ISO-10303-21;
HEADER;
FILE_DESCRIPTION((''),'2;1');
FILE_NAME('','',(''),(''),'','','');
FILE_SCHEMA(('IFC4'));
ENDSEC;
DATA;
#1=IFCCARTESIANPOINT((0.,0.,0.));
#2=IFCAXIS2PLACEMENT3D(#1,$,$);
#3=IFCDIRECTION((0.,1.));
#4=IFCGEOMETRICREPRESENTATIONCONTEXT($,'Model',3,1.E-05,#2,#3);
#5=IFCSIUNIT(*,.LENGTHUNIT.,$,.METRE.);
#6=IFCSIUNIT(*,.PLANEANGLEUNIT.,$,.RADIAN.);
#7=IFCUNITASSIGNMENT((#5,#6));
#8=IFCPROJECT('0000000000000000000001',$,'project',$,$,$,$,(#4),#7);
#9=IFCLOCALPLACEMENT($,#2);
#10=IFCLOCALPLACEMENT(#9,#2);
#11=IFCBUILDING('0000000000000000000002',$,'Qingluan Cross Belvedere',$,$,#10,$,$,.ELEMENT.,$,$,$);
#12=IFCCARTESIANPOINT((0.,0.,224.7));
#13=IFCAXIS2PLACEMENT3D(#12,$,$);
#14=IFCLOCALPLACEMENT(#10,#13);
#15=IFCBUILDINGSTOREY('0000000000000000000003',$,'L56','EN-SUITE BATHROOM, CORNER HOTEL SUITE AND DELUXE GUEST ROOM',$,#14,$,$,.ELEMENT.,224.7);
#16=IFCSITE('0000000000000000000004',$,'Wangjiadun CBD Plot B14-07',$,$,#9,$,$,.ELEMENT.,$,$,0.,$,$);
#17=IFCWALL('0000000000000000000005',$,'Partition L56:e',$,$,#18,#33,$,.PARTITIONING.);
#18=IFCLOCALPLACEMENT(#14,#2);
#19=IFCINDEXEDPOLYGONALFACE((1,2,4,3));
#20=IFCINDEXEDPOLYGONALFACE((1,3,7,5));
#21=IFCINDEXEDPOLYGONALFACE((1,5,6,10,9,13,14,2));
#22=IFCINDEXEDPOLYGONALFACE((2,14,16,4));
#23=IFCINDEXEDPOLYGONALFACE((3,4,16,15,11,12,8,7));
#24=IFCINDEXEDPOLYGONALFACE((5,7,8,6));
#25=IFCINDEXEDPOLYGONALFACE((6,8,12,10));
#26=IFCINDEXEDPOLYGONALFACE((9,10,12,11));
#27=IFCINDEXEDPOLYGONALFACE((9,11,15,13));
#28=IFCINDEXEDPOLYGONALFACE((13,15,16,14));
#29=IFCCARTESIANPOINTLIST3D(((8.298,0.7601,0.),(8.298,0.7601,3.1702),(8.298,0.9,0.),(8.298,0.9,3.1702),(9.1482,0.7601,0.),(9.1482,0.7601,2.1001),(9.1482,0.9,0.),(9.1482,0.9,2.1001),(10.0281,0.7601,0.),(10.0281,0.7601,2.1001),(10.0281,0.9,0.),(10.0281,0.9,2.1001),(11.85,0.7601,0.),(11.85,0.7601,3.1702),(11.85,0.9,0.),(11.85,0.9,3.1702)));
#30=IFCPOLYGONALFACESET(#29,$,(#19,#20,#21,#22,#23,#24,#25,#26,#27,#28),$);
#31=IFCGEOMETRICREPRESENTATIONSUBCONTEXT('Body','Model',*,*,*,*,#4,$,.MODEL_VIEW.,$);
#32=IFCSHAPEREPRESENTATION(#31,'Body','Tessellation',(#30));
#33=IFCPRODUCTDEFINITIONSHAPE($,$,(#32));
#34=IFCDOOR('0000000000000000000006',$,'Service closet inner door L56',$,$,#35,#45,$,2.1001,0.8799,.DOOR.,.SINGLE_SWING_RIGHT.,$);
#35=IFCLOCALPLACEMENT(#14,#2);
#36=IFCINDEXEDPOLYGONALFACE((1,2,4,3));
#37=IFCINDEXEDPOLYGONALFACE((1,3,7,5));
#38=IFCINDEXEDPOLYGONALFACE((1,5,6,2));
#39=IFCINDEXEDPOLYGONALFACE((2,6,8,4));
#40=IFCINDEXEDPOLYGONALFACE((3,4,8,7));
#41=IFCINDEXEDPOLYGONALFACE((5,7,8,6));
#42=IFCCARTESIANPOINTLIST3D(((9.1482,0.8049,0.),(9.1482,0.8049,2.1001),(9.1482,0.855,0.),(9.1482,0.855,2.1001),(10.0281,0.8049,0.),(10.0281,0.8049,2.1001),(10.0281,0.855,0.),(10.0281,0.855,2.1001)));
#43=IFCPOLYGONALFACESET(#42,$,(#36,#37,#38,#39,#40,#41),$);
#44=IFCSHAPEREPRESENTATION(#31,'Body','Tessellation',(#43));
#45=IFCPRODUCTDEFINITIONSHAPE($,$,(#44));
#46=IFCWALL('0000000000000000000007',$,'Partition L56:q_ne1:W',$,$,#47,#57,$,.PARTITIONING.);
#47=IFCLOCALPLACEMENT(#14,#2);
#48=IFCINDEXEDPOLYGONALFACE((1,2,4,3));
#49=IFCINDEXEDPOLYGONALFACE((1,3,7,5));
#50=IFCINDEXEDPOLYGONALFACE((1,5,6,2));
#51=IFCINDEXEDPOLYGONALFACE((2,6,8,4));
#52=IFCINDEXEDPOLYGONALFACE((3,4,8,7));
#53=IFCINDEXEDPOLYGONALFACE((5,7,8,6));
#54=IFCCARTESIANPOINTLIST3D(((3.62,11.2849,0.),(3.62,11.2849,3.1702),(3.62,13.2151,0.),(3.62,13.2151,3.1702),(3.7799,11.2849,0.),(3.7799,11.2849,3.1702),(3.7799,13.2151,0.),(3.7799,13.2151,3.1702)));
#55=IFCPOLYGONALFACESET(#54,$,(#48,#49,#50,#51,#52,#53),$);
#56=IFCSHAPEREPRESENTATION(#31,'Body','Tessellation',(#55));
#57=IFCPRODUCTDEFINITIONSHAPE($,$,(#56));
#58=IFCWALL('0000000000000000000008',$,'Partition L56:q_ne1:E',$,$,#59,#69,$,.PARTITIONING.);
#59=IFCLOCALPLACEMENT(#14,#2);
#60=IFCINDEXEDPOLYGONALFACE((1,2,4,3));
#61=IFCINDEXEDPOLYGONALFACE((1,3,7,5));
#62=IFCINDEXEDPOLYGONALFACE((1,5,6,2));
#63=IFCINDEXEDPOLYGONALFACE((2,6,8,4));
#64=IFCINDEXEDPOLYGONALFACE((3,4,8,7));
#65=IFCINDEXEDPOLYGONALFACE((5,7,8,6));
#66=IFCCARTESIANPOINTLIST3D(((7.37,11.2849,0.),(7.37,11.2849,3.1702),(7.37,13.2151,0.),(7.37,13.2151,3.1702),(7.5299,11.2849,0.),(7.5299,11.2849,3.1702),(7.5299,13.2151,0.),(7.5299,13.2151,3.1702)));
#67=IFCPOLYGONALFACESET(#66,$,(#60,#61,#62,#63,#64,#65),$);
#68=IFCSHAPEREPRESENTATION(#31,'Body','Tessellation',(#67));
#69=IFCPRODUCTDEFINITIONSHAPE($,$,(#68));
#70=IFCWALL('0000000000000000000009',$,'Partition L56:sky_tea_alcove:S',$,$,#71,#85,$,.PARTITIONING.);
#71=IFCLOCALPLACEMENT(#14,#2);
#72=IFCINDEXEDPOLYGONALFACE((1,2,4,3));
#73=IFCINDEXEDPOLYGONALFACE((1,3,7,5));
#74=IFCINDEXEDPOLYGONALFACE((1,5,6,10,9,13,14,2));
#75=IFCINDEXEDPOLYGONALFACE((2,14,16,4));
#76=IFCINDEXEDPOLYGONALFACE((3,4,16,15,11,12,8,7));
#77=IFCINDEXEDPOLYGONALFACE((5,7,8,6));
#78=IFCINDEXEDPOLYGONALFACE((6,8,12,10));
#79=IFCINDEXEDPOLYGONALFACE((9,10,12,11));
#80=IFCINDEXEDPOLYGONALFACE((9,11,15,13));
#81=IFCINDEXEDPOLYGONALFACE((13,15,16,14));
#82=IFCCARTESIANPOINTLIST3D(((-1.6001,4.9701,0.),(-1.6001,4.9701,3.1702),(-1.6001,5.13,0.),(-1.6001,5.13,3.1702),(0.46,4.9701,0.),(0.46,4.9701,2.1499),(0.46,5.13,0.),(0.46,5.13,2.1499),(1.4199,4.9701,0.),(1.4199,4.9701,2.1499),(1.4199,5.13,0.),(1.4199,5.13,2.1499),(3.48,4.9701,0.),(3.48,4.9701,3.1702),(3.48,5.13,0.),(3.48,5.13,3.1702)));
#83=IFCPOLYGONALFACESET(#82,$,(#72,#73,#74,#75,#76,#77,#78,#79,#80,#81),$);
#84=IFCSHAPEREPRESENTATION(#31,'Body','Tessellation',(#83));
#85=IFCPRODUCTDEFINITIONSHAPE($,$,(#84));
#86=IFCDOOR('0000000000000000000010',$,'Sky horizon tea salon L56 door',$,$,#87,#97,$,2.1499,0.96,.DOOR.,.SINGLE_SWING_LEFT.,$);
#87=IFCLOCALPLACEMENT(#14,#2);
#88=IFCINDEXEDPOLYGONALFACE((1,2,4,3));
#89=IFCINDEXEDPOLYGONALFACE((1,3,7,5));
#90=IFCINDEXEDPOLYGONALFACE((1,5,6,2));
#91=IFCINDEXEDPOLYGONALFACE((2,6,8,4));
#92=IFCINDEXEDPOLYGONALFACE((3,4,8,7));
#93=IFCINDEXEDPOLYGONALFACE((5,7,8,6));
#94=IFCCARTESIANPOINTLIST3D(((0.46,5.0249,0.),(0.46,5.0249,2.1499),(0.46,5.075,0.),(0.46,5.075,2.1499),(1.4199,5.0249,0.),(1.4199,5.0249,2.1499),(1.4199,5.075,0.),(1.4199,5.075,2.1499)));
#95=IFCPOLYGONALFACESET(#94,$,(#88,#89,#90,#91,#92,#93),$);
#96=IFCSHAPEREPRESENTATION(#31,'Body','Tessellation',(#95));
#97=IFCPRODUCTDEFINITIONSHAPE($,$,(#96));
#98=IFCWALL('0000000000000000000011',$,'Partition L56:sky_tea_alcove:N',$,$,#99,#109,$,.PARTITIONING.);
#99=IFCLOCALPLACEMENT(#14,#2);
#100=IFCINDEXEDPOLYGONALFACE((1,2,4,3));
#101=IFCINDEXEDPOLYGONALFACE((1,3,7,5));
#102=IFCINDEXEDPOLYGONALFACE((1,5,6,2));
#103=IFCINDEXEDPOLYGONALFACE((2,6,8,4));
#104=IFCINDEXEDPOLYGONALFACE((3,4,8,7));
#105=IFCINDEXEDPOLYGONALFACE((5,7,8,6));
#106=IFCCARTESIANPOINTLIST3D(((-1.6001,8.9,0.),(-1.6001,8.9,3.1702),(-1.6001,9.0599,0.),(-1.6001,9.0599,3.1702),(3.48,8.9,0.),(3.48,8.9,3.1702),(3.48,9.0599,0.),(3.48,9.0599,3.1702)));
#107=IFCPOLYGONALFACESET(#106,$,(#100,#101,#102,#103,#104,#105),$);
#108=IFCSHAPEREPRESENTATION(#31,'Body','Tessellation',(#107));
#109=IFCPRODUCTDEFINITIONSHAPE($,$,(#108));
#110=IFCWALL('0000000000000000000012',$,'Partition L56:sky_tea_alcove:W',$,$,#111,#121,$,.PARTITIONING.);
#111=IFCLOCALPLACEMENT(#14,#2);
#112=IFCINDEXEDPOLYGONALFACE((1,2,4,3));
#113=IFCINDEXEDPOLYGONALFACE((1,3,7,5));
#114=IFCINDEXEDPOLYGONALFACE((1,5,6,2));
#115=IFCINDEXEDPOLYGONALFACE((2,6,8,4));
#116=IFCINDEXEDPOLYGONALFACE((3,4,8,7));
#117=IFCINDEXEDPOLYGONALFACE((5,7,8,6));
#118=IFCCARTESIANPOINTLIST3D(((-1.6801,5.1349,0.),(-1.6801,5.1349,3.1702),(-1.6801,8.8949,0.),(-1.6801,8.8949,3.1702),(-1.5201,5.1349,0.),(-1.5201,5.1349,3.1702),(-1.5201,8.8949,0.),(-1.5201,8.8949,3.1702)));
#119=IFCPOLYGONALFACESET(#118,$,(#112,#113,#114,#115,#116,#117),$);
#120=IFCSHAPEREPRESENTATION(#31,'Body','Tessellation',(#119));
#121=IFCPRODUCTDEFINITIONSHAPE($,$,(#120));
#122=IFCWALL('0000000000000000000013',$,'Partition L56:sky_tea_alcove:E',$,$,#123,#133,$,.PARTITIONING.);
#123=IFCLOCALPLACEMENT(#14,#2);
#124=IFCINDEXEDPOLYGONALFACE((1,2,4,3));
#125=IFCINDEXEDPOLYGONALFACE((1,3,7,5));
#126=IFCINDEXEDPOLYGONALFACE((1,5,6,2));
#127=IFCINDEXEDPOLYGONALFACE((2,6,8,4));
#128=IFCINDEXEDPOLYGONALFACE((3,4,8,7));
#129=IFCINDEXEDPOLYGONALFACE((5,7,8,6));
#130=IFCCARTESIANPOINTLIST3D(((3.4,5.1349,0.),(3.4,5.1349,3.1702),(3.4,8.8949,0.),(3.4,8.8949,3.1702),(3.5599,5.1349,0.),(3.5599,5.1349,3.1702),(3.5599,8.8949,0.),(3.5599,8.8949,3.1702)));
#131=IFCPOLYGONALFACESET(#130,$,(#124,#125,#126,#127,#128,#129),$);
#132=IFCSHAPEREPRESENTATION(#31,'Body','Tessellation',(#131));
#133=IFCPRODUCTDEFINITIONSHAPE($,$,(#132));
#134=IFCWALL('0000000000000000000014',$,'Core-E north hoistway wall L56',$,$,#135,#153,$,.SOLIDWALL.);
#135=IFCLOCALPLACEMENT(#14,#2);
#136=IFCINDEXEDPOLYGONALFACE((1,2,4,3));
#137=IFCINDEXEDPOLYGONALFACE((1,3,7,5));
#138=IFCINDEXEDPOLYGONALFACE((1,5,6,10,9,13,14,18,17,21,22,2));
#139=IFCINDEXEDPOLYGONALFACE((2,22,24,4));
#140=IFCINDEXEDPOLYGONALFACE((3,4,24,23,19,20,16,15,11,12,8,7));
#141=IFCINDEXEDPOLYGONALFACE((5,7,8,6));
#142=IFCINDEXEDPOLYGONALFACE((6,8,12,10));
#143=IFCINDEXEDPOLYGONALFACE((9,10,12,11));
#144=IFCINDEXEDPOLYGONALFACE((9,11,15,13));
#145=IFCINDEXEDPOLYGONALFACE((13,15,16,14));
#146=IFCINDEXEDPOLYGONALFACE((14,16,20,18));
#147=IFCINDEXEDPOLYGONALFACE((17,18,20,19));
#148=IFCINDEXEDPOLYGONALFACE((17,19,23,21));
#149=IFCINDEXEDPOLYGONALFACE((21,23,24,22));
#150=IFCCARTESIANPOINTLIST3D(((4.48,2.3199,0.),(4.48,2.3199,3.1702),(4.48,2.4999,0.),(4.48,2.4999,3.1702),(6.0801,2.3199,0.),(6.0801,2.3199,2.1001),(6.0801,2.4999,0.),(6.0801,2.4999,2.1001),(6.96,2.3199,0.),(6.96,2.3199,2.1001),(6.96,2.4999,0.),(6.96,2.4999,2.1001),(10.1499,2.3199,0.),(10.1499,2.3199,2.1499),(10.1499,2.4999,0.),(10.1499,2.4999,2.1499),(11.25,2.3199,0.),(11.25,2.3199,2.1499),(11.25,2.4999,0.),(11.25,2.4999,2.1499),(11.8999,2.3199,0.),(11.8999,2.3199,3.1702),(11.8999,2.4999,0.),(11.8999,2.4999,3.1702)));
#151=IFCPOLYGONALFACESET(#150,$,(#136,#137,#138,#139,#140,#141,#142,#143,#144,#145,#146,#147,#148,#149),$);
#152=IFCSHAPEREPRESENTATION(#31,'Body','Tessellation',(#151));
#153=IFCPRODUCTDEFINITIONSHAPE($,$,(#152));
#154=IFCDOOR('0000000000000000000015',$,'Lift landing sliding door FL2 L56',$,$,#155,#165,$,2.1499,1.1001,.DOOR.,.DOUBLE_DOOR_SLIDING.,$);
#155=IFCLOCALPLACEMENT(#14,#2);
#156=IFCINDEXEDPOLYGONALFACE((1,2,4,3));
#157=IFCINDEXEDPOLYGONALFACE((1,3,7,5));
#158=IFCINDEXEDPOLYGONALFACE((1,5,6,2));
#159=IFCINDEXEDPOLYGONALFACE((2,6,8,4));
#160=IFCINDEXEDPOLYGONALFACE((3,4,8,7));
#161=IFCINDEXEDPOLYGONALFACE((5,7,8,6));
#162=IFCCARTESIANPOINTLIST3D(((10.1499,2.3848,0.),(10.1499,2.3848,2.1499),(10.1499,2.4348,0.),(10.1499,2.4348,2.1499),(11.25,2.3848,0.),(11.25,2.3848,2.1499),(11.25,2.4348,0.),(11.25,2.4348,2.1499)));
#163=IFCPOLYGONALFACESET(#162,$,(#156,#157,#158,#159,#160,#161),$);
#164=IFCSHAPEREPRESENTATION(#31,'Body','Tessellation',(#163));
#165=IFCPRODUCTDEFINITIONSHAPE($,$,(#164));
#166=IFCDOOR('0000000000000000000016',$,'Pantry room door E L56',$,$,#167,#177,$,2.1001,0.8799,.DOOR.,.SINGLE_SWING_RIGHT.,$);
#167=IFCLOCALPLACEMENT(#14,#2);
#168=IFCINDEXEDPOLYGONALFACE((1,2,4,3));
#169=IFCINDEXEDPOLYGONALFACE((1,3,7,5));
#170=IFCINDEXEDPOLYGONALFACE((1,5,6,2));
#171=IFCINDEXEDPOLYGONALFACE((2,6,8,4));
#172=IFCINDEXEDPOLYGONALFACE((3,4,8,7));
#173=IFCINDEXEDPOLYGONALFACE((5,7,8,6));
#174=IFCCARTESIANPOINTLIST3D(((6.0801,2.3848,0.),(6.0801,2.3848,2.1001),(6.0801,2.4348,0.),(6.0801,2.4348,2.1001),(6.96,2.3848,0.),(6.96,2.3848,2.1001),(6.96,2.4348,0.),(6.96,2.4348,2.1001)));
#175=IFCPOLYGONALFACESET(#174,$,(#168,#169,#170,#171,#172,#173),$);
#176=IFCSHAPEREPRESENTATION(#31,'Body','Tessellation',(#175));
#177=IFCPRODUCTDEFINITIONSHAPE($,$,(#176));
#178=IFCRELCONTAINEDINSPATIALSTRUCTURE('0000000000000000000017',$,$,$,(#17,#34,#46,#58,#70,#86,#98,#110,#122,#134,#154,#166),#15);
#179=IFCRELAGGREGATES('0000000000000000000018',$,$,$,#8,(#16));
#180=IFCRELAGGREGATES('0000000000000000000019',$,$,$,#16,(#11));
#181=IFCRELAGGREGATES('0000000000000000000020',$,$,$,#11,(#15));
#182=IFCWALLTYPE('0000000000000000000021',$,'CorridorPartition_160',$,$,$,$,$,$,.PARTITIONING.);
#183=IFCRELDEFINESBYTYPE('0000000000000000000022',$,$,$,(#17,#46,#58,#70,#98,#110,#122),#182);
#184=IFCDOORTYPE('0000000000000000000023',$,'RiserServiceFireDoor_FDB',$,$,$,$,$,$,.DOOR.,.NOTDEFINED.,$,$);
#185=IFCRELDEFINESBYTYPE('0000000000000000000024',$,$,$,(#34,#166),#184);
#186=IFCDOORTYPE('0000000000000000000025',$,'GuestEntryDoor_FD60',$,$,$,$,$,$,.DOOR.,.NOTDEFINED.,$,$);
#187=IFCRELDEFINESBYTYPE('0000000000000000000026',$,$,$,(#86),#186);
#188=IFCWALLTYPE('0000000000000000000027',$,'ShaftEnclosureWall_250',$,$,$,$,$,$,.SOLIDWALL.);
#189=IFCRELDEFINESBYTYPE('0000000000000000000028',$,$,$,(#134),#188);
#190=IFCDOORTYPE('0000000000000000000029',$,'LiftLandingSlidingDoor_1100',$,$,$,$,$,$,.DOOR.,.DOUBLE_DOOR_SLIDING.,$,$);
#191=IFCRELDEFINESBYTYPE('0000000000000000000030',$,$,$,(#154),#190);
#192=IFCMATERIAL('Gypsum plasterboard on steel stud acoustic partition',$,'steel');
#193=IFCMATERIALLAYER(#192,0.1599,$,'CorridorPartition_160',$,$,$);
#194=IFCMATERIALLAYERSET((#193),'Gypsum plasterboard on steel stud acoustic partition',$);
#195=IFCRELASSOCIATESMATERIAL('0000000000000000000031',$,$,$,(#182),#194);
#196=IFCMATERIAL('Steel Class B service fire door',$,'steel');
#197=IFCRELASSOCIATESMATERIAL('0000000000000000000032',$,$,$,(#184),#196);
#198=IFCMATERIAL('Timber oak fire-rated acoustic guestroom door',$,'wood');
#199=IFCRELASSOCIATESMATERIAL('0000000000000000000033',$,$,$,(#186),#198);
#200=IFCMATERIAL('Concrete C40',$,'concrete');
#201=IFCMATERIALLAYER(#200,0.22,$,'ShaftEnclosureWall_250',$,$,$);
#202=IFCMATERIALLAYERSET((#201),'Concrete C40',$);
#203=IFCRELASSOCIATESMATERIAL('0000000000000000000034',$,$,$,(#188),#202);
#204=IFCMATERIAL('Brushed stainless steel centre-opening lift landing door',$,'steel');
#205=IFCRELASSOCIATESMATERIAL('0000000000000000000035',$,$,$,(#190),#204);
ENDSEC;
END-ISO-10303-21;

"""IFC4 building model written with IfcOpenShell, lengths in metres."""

from ifc_helpers import new_model, si_unit, direction, frame, frame_2d, origin, place, context, subcontext, project, spatial, rectangle, extrude, material, layer, layer_set, type_object, element, fill, save


model = new_model("IFC4")

# Units and contexts
model_context = context("Model", 3, precision=1e-05, world=origin(), true_north=direction((0.0, 1.0)))
body_context = subcontext(model_context, "Body", "Model", "MODEL_VIEW")
ifc_project = project(units=[si_unit("LENGTHUNIT", "METRE"), si_unit("PLANEANGLEUNIT", "RADIAN")], contexts=[model_context])

# Site, building, storey
site_placement = place(None, origin())
site = spatial("IfcSite", under=ifc_project, at=site_placement, Name="Wangjiadun CBD Plot B14-07", CompositionType="ELEMENT", RefElevation=0.0)
building_placement = place(site_placement, origin())
building = spatial("IfcBuilding", under=site, at=building_placement, Name="Qingluan Cross Belvedere", CompositionType="ELEMENT")
storey_placement = place(building_placement, frame((0.0, 0.0, 224.7)))
storey = spatial("IfcBuildingStorey", under=building, at=storey_placement, Name="L56", Description="EN-SUITE BATHROOM, CORNER HOTEL SUITE AND DELUXE GUEST ROOM", CompositionType="ELEMENT", Elevation=224.7)

# Wall, opening, door
ifc_material_1 = material(Name="Gypsum plasterboard on steel stud acoustic partition", Category="steel")
ifc_layer_1 = layer(ifc_material_1, 0.1599, Name="CorridorPartition_160")
ifc_layer_set_1 = layer_set([ifc_layer_1], Name="Gypsum plasterboard on steel stud acoustic partition")
wall_type_1 = type_object("IfcWallType", Name="CorridorPartition_160", PredefinedType="PARTITIONING", material=ifc_layer_set_1)
wall_1_placement = place(storey_placement, frame((8.2981, 0.8301, 0.0), z_axis=(0.0, 0.0, 1.0), x_axis=(1.0, 0.0, 0.0)))
wall_1 = element("IfcWall", 1, at=wall_1_placement, inside=storey, type_object=wall_type_1, Name="Partition L56:e", PredefinedType="PARTITIONING", context=body_context, shape_type="SweptSolid", body=[
    extrude(rectangle(XDim=3.552, YDim=0.1399, at=frame_2d((1.7759, 0.0))), origin(), (0.0, 0.0, 1.0), 3.1702),
])
opening_1_placement = place(wall_1_placement, frame((0.8501, 0.0, 0.0)))
opening_1 = element("IfcOpeningElement", 2, at=opening_1_placement, cuts=wall_1, PredefinedType="OPENING", context=body_context, shape_type="SweptSolid", body=[
    extrude(rectangle(XDim=0.8799, YDim=2.1001, at=frame_2d((0.4399, 1.05))), frame((0.0, 0.0798, 0.0), z_axis=(0.0, -1.0, 0.0), x_axis=(1.0, 0.0, 0.0)), (0.0, 0.0, 1.0), 0.1599),
])
ifc_material_2 = material(Name="Steel Class B service fire door", Category="steel")
door_type_1 = type_object("IfcDoorType", Name="RiserServiceFireDoor_FDB", OperationType="NOTDEFINED", PredefinedType="DOOR", material=ifc_material_2)
door_1_placement = place(opening_1_placement, origin())
door_1 = element("IfcDoor", 3, at=door_1_placement, inside=storey, type_object=door_type_1, Name="Service closet inner door L56", OperationType="SINGLE_SWING_RIGHT", OverallHeight=2.1001, OverallWidth=0.8799, PredefinedType="DOOR", context=body_context, shape_type="SweptSolid", body=[
    extrude(rectangle(XDim=0.8799, YDim=2.1001, at=frame_2d((0.4399, 1.05))), frame((0.0, 0.0249, 0.0), z_axis=(0.0, -1.0, 0.0), x_axis=(1.0, 0.0, 0.0)), (0.0, 0.0, 1.0), 0.05),
])
fill(opening_1, door_1)
ifc_material_3 = material(Name="Timber oak fire-rated acoustic guestroom door", Category="wood")
door_type_2 = type_object("IfcDoorType", Name="GuestEntryDoor_FD60", OperationType="NOTDEFINED", PredefinedType="DOOR", material=ifc_material_3)

# Walls
for number, where, z_axis, x_axis, name in (
    (4, (3.7, 11.2849, 0.0), (0.0, 0.0, 1.0), (0.0, 1.0, 0.0), "Partition L56:q_ne1:W"),
    (5, (7.45, 11.2849, 0.0), (0.0, 0.0, 1.0), (0.0, 1.0, 0.0), "Partition L56:q_ne1:E"),
):
    element("IfcWall", number, at=place(storey_placement, frame(where, z_axis=z_axis, x_axis=x_axis)), inside=storey, type_object=wall_type_1, Name=name, PredefinedType="PARTITIONING", context=body_context, shape_type="SweptSolid", body=[
        extrude(rectangle(XDim=1.9302, YDim=0.1599, at=frame_2d((0.9651, 0.0))), origin(), (0.0, 0.0, 1.0), 3.1702),
    ])

# Wall, opening, door
wall_2_placement = place(storey_placement, frame((-1.6001, 5.05, 0.0), z_axis=(0.0, 0.0, 1.0), x_axis=(1.0, 0.0, 0.0)))
wall_2 = element("IfcWall", 6, at=wall_2_placement, inside=storey, type_object=wall_type_1, Name="Partition L56:sky_tea_alcove:S", PredefinedType="PARTITIONING", context=body_context, shape_type="SweptSolid", body=[
    extrude(rectangle(XDim=5.0801, YDim=0.1599, at=frame_2d((2.54, 0.0))), origin(), (0.0, 0.0, 1.0), 3.1702),
])
opening_2_placement = place(wall_2_placement, frame((2.0601, 0.0, 0.0)))
opening_2 = element("IfcOpeningElement", 7, at=opening_2_placement, cuts=wall_2, PredefinedType="OPENING", context=body_context, shape_type="SweptSolid", body=[
    extrude(rectangle(XDim=0.96, YDim=2.1499, at=frame_2d((0.48, 1.075))), frame((0.0, 0.0898, 0.0), z_axis=(0.0, -1.0, 0.0), x_axis=(1.0, 0.0, 0.0)), (0.0, 0.0, 1.0), 0.1799),
])
door_2_placement = place(opening_2_placement, origin())
door_2 = element("IfcDoor", 8, at=door_2_placement, inside=storey, type_object=door_type_2, Name="Sky horizon tea salon L56 door", OperationType="SINGLE_SWING_LEFT", OverallHeight=2.1499, OverallWidth=0.96, PredefinedType="DOOR", context=body_context, shape_type="SweptSolid", body=[
    extrude(rectangle(XDim=0.96, YDim=2.1499, at=frame_2d((0.48, 1.075))), frame((0.0, 0.0249, 0.0), z_axis=(0.0, -1.0, 0.0), x_axis=(1.0, 0.0, 0.0)), (0.0, 0.0, 1.0), 0.05),
])
fill(opening_2, door_2)

# Walls
wall_3_placement = place(storey_placement, frame((-1.6001, 8.98, 0.0), z_axis=(0.0, 0.0, 1.0), x_axis=(1.0, 0.0, 0.0)))
element("IfcWall", 9, at=wall_3_placement, inside=storey, type_object=wall_type_1, Name="Partition L56:sky_tea_alcove:N", PredefinedType="PARTITIONING", context=body_context, shape_type="SweptSolid", body=[
    extrude(rectangle(XDim=5.0801, YDim=0.1599, at=frame_2d((2.54, 0.0))), origin(), (0.0, 0.0, 1.0), 3.1702),
])
for number, where, z_axis, x_axis, name in (
    (10, (-1.6001, 5.135, 0.0), (0.0, 0.0, 1.0), (0.0, 1.0, 0.0), "Partition L56:sky_tea_alcove:W"),
    (11, (3.48, 5.135, 0.0), (0.0, 0.0, 1.0), (0.0, 1.0, 0.0), "Partition L56:sky_tea_alcove:E"),
):
    element("IfcWall", number, at=place(storey_placement, frame(where, z_axis=z_axis, x_axis=x_axis)), inside=storey, type_object=wall_type_1, Name=name, PredefinedType="PARTITIONING", context=body_context, shape_type="SweptSolid", body=[
        extrude(rectangle(XDim=3.76, YDim=0.1599, at=frame_2d((1.8799, 0.0))), origin(), (0.0, 0.0, 1.0), 3.1702),
    ])

# Wall, openings, doors
ifc_material_4 = material(Name="Concrete C40", Category="concrete")
ifc_layer_2 = layer(ifc_material_4, 0.22, Name="ShaftEnclosureWall_250")
ifc_layer_set_2 = layer_set([ifc_layer_2], Name="Concrete C40")
wall_type_2 = type_object("IfcWallType", Name="ShaftEnclosureWall_250", PredefinedType="SOLIDWALL", material=ifc_layer_set_2)
wall_4_placement = place(storey_placement, frame((4.48, 2.4099, 0.0), z_axis=(0.0, 0.0, 1.0), x_axis=(1.0, 0.0, 0.0)))
wall_4 = element("IfcWall", 12, at=wall_4_placement, inside=storey, type_object=wall_type_2, Name="Core-E north hoistway wall L56", PredefinedType="SOLIDWALL", context=body_context, shape_type="SweptSolid", body=[
    extrude(rectangle(XDim=7.4199, YDim=0.1799, at=frame_2d((3.71, 0.0))), origin(), (0.0, 0.0, 1.0), 3.1702),
])
opening_3_placement = place(wall_4_placement, frame((5.6699, 0.0, 0.0)))
opening_3 = element("IfcOpeningElement", 13, at=opening_3_placement, cuts=wall_4, PredefinedType="OPENING", context=body_context, shape_type="SweptSolid", body=[
    extrude(rectangle(XDim=1.1001, YDim=2.1499, at=frame_2d((0.55, 1.075))), frame((0.0, 0.0999, 0.0), z_axis=(0.0, -1.0, 0.0), x_axis=(1.0, 0.0, 0.0)), (0.0, 0.0, 1.0), 0.2),
])
opening_4_placement = place(wall_4_placement, frame((1.6001, 0.0, 0.0)))
opening_4 = element("IfcOpeningElement", 14, at=opening_4_placement, cuts=wall_4, PredefinedType="OPENING", context=body_context, shape_type="SweptSolid", body=[
    extrude(rectangle(XDim=0.8799, YDim=2.1001, at=frame_2d((0.4399, 1.05))), frame((0.0, 0.0999, 0.0), z_axis=(0.0, -1.0, 0.0), x_axis=(1.0, 0.0, 0.0)), (0.0, 0.0, 1.0), 0.2),
])
ifc_material_5 = material(Name="Brushed stainless steel centre-opening lift landing door", Category="steel")
door_type_3 = type_object("IfcDoorType", Name="LiftLandingSlidingDoor_1100", OperationType="DOUBLE_DOOR_SLIDING", PredefinedType="DOOR", material=ifc_material_5)
door_3_placement = place(opening_3_placement, origin())
door_3 = element("IfcDoor", 15, at=door_3_placement, inside=storey, type_object=door_type_3, Name="Lift landing sliding door FL2 L56", OperationType="DOUBLE_DOOR_SLIDING", OverallHeight=2.1499, OverallWidth=1.1001, PredefinedType="DOOR", context=body_context, shape_type="SweptSolid", body=[
    extrude(rectangle(XDim=1.1001, YDim=2.1499, at=frame_2d((0.55, 1.075))), frame((0.0, 0.0249, 0.0), z_axis=(0.0, -1.0, 0.0), x_axis=(1.0, 0.0, 0.0)), (0.0, 0.0, 1.0), 0.05),
])
fill(opening_3, door_3)
door_4_placement = place(opening_4_placement, origin())
door_4 = element("IfcDoor", 16, at=door_4_placement, inside=storey, type_object=door_type_1, Name="Pantry room door E L56", OperationType="SINGLE_SWING_RIGHT", OverallHeight=2.1001, OverallWidth=0.8799, PredefinedType="DOOR", context=body_context, shape_type="SweptSolid", body=[
    extrude(rectangle(XDim=0.8799, YDim=2.1001, at=frame_2d((0.4399, 1.05))), frame((0.0, 0.0249, 0.0), z_axis=(0.0, -1.0, 0.0), x_axis=(1.0, 0.0, 0.0)), (0.0, 0.0, 1.0), 0.05),
])
fill(opening_4, door_4)

save(model, "model.ifc")
